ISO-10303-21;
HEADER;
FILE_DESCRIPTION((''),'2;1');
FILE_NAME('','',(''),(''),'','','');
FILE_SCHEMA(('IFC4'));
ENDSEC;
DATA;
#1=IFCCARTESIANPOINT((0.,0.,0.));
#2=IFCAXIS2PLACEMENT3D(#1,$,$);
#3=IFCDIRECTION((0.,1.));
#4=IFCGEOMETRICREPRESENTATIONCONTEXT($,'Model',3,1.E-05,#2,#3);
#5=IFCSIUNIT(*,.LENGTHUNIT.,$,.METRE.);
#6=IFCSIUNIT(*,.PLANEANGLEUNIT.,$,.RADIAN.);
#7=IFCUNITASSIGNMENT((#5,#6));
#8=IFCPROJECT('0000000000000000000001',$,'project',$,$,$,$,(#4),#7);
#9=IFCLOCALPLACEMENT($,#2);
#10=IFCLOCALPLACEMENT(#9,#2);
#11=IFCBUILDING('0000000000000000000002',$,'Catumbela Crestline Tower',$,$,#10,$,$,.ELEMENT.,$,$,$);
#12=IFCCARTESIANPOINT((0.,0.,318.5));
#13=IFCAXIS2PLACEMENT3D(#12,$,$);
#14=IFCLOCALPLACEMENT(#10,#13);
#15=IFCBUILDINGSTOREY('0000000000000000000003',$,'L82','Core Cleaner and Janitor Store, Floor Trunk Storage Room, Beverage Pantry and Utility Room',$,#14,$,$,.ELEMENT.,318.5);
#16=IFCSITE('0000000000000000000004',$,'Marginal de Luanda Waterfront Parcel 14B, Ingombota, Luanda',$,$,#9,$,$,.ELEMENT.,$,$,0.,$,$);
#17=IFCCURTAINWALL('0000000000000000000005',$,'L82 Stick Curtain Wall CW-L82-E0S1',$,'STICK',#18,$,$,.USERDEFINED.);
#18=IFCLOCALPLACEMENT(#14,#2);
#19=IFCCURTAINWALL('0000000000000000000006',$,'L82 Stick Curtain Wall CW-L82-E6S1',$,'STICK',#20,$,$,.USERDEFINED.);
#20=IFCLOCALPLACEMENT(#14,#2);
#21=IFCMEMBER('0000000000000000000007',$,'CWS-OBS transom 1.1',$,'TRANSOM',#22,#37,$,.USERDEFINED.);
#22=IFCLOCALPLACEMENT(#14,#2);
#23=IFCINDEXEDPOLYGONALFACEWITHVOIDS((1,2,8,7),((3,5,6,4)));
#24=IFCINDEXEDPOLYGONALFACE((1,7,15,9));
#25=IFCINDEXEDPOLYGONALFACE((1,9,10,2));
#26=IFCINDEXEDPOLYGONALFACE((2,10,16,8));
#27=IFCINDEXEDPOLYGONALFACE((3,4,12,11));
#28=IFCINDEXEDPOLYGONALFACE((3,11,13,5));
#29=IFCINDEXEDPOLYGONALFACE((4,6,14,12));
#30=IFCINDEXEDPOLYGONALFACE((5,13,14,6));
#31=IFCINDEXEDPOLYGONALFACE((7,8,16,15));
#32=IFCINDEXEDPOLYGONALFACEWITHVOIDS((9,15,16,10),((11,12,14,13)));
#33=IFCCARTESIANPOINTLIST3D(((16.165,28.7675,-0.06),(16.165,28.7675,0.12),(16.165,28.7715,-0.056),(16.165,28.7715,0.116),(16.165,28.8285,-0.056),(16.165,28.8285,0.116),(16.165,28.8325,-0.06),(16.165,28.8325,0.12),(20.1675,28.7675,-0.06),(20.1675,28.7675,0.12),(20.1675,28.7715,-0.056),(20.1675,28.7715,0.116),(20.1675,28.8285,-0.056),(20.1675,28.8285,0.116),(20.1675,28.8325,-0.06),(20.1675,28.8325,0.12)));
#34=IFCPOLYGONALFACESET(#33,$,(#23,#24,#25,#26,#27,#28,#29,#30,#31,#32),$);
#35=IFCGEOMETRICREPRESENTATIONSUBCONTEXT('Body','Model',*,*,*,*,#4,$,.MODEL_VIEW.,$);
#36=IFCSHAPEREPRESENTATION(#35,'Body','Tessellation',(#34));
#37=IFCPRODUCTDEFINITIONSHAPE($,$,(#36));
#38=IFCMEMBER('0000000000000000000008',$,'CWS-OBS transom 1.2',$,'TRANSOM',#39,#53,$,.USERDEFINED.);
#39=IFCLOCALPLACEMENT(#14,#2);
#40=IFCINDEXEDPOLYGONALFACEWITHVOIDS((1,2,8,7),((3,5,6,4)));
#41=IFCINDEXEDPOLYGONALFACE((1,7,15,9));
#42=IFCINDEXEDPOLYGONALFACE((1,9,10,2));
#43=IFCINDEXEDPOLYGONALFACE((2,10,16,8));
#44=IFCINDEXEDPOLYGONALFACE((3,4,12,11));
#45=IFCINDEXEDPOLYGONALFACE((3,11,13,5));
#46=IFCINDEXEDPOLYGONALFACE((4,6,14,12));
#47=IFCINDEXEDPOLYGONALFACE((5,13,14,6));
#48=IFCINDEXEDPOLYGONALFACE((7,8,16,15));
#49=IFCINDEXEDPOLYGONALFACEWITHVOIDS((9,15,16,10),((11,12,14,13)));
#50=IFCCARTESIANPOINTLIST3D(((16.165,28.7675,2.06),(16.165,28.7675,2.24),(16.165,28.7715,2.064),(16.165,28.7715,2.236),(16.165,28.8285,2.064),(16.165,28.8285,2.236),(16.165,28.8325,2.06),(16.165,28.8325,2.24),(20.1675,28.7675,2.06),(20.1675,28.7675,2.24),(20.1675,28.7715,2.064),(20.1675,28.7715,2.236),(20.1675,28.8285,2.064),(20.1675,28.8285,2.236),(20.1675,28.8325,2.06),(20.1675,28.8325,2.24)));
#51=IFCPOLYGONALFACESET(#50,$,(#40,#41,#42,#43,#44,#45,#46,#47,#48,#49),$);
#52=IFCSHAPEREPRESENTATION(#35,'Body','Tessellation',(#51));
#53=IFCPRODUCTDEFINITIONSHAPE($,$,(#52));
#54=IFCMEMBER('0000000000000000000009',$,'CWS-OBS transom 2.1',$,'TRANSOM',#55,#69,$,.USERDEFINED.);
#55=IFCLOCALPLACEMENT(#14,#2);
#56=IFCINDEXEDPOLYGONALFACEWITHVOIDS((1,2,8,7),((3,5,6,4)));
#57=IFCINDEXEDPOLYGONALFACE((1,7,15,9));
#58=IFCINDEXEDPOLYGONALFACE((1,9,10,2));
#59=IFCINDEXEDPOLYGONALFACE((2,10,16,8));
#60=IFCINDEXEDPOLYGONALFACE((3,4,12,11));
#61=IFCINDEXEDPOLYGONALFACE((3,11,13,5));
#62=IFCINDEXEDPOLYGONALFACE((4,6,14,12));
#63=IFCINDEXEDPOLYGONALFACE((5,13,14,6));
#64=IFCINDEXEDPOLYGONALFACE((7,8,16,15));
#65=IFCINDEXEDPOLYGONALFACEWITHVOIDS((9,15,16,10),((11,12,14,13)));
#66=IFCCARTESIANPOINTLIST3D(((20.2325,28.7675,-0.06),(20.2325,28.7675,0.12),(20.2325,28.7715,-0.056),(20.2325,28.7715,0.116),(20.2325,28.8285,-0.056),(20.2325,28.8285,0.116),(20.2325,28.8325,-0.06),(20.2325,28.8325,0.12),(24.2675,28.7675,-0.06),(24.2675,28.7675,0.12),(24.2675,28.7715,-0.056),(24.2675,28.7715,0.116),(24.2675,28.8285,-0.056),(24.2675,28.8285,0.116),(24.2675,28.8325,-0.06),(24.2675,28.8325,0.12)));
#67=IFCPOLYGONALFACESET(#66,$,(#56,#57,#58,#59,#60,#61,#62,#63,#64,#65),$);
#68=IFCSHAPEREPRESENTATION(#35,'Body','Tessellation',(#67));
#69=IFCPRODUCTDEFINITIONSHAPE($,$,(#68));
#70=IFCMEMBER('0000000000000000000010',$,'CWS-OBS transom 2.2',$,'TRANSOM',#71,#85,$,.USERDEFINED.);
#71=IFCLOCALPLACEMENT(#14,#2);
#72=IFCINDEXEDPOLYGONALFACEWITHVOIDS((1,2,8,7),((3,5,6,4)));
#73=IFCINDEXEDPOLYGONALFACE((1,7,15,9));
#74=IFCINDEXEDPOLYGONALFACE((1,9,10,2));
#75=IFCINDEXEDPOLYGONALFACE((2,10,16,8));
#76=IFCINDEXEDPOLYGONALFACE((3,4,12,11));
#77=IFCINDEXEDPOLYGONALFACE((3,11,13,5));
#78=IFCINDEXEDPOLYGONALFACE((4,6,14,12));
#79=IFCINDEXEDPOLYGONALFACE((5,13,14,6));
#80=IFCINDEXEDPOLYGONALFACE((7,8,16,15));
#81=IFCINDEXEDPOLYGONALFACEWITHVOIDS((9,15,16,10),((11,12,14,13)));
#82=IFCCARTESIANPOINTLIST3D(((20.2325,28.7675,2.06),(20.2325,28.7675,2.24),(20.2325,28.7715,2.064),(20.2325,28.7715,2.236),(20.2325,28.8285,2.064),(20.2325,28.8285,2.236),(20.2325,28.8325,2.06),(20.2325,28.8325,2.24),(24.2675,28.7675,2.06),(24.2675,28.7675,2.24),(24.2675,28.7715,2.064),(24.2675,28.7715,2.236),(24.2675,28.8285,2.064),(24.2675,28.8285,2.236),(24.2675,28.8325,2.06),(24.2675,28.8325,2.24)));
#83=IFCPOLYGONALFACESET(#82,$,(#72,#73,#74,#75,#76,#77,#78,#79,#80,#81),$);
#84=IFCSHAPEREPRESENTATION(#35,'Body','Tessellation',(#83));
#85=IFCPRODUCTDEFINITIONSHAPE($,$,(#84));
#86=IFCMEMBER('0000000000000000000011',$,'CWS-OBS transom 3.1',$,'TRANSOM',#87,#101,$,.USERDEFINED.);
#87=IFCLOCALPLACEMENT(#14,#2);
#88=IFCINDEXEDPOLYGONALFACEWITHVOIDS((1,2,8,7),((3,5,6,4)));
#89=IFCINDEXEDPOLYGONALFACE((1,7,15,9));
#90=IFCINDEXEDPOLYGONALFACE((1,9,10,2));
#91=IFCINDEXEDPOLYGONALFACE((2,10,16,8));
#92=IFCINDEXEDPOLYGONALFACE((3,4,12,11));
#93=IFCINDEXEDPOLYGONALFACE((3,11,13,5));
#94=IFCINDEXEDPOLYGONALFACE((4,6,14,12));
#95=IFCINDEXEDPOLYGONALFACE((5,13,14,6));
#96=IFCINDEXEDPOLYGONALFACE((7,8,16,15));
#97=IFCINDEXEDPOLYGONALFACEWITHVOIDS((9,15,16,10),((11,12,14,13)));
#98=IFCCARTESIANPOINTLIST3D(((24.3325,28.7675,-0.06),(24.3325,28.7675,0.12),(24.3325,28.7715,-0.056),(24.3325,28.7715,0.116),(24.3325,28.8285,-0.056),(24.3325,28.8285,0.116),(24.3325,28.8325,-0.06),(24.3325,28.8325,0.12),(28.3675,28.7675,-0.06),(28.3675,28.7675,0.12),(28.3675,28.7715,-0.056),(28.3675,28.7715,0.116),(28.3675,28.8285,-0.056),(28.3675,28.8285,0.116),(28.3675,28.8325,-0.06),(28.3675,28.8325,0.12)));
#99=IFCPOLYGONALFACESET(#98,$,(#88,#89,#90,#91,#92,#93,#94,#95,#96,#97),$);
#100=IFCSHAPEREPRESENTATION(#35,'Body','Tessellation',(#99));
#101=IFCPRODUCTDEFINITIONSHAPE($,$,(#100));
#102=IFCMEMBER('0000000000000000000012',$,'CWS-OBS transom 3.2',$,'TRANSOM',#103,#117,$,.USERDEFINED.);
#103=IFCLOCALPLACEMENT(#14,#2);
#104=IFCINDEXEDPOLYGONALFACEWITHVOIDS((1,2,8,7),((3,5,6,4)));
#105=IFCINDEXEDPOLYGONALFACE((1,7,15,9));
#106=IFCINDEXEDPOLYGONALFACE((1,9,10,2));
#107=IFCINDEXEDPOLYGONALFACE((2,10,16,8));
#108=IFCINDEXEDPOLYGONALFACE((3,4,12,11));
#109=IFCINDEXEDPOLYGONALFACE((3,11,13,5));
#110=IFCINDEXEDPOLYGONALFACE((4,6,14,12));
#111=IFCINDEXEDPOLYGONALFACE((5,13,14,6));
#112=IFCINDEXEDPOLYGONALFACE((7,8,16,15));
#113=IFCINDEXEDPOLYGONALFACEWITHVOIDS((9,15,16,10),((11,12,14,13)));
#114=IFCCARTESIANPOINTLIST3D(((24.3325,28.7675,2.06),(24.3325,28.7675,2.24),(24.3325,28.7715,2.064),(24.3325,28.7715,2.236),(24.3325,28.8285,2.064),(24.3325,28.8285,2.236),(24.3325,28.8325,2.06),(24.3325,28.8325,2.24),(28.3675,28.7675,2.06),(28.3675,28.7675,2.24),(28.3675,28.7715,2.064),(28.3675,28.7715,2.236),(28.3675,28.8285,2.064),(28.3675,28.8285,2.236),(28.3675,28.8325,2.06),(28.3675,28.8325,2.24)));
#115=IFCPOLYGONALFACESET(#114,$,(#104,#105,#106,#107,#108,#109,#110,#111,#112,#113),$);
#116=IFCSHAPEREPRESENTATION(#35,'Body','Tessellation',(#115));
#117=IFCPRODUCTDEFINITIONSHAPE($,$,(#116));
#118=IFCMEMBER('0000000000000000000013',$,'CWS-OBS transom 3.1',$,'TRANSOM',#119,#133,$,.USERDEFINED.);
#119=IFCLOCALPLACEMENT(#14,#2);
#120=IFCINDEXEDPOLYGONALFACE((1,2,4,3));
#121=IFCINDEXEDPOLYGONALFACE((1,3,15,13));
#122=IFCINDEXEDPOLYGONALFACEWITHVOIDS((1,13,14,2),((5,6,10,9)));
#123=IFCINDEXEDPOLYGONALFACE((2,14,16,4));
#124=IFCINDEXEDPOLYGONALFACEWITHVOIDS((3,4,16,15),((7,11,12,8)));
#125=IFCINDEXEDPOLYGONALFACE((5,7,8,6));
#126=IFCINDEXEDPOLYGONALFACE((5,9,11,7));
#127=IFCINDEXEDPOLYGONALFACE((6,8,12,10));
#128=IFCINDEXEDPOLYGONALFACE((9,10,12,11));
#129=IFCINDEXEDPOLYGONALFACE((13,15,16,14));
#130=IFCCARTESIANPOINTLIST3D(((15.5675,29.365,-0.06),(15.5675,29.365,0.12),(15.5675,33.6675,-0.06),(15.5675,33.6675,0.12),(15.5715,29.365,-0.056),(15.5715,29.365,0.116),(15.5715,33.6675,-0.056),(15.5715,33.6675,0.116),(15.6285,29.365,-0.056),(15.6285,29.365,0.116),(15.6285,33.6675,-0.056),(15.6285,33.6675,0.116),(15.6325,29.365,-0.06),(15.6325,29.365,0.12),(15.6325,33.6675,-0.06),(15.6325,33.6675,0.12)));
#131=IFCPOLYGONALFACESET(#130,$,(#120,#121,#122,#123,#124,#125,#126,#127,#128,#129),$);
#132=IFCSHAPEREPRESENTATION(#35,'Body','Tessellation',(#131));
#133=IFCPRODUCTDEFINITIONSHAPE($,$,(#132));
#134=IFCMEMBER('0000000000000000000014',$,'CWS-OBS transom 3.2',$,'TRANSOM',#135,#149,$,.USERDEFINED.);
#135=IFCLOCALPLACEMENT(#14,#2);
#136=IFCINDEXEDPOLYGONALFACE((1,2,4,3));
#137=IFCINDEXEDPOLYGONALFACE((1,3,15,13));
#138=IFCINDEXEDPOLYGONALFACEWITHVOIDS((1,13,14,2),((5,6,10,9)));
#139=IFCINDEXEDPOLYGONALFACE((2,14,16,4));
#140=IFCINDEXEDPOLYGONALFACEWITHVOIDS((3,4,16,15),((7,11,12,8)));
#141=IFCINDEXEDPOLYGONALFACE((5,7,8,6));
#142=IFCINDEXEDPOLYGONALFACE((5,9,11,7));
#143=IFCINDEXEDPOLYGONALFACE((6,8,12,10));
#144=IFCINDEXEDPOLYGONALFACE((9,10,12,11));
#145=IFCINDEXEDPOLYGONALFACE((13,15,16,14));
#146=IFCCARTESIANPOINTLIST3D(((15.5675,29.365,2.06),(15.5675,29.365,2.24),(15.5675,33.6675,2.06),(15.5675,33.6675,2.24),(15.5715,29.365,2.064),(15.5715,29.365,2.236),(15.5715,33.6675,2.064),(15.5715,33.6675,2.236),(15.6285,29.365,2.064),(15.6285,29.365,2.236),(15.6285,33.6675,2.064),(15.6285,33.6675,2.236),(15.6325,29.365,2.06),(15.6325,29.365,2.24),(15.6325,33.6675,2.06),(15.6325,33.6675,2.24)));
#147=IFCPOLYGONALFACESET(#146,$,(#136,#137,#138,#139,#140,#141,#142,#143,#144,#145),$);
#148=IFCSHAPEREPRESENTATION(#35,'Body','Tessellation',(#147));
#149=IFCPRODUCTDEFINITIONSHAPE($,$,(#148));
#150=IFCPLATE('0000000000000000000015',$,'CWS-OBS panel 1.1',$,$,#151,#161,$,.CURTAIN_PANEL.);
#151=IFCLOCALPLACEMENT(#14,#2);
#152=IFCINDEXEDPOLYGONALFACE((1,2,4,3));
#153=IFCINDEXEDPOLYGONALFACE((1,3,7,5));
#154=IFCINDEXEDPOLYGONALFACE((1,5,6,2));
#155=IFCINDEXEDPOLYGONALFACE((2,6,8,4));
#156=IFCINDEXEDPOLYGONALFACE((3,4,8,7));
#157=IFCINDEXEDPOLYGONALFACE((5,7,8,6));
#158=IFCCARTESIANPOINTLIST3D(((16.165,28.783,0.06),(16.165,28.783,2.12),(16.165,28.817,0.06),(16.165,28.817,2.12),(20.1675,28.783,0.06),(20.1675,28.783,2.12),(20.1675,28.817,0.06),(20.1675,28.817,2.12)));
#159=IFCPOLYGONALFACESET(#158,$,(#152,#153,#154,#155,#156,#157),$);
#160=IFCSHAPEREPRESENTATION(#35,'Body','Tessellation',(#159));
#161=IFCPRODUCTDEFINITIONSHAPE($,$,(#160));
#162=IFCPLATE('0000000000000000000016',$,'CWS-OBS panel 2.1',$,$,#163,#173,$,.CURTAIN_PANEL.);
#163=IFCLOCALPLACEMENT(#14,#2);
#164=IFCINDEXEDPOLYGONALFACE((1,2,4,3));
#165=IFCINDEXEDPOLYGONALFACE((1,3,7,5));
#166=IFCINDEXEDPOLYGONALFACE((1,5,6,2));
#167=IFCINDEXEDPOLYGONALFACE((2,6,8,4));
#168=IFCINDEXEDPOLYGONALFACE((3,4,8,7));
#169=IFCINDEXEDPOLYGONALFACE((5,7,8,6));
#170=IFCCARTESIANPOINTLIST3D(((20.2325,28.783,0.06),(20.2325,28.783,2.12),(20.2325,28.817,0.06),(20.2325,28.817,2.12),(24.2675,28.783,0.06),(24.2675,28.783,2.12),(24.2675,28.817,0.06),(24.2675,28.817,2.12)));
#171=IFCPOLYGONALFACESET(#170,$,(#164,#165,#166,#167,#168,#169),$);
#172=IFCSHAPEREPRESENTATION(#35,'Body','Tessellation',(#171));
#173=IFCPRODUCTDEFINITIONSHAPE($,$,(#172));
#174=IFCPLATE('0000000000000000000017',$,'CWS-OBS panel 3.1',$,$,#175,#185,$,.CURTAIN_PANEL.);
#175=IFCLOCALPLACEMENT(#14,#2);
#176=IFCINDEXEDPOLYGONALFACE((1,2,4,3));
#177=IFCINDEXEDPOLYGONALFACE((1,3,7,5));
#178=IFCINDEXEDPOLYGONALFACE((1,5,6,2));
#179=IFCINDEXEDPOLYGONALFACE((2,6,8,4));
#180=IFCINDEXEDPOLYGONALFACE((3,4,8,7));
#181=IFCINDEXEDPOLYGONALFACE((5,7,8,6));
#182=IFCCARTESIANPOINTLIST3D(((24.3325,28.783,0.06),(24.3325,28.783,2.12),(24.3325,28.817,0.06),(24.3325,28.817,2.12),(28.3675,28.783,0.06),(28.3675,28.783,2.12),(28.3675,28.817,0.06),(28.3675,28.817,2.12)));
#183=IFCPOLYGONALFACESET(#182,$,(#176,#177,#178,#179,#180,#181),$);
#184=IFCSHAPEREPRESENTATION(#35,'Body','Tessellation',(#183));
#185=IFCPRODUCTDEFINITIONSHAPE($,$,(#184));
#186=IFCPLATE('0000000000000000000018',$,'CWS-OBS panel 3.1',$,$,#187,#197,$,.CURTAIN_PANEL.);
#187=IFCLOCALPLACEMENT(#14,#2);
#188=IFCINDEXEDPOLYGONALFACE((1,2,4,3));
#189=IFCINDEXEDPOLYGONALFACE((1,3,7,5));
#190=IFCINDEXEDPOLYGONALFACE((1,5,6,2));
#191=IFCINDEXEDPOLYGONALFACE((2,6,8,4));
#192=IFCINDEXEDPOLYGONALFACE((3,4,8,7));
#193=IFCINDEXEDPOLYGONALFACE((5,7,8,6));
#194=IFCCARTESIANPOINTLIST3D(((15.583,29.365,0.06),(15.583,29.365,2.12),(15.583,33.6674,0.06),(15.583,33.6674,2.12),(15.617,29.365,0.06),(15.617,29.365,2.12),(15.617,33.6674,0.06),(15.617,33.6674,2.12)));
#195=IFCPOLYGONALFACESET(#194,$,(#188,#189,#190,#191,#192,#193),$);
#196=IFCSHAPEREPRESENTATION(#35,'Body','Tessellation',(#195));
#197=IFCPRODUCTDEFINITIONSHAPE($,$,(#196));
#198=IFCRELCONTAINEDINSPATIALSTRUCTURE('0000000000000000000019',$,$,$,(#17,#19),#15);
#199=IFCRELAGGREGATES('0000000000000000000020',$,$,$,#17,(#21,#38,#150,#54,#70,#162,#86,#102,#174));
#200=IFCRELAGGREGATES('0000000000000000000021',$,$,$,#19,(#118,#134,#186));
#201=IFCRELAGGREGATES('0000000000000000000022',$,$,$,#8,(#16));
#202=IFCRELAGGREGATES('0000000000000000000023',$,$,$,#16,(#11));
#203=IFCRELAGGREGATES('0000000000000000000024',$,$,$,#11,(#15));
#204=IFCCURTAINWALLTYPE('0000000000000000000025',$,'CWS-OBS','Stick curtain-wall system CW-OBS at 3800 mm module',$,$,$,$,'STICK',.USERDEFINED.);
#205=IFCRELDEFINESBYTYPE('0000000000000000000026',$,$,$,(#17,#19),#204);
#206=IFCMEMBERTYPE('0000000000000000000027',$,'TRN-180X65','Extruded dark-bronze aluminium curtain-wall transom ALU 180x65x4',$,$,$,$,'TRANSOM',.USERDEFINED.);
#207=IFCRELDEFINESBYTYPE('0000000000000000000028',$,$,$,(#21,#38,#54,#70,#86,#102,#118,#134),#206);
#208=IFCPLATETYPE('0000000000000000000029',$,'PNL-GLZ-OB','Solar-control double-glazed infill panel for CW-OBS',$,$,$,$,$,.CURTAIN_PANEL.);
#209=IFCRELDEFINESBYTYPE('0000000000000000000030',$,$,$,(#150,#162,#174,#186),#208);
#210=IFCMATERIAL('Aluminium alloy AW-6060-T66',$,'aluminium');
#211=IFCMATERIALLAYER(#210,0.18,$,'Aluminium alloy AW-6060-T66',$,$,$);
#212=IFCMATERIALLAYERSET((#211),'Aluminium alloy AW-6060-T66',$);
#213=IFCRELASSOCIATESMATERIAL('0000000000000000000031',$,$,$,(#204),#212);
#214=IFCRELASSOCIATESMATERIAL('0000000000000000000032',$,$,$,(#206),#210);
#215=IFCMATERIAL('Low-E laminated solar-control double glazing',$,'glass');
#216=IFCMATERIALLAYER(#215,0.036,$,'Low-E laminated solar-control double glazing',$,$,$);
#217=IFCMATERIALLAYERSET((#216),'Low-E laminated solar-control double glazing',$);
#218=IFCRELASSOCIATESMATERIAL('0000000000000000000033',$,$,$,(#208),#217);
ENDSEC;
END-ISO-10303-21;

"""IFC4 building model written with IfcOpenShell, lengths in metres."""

from ifc_helpers import new_model, si_unit, direction, frame, origin, origin_2d, place, context, subcontext, project, spatial, rectangle, hollow_rectangle, extrude, material, layer, layer_set, material_profile, profile_set, type_object, element, aggregate, save


model = new_model("IFC4")

# Units and contexts
model_context = context("Model", 3, precision=1e-05, world=origin(), true_north=direction((0.0, 1.0)))
body_context = subcontext(model_context, "Body", "Model", "MODEL_VIEW")
ifc_project = project(units=[si_unit("LENGTHUNIT", "METRE"), si_unit("PLANEANGLEUNIT", "RADIAN")], contexts=[model_context])

# Site, building, storey
site_placement = place(None, origin())
site = spatial("IfcSite", under=ifc_project, at=site_placement, Name="Marginal de Luanda Waterfront Parcel 14B, Ingombota, Luanda", CompositionType="ELEMENT", RefElevation=0.0)
building_placement = place(site_placement, origin())
building = spatial("IfcBuilding", under=site, at=building_placement, Name="Catumbela Crestline Tower", CompositionType="ELEMENT")
storey_placement = place(building_placement, frame((0.0, 0.0, 318.5)))
storey = spatial("IfcBuildingStorey", under=building, at=storey_placement, Name="L82", Description="Core Cleaner and Janitor Store, Floor Trunk Storage Room, Beverage Pantry and Utility Room", CompositionType="ELEMENT", Elevation=318.5)

# Curtain walls
ifc_material_1 = material(Name="Aluminium alloy AW-6060-T66", Category="aluminium")
ifc_layer_1 = layer(ifc_material_1, 0.18, Name="Aluminium alloy AW-6060-T66")
ifc_layer_set_1 = layer_set([ifc_layer_1], Name="Aluminium alloy AW-6060-T66")
curtain_wall_type = type_object("IfcCurtainWallType", Name="CWS-OBS", Description="Stick curtain-wall system CW-OBS at 3800 mm module", ElementType="STICK", PredefinedType="USERDEFINED", material=ifc_layer_set_1)
curtain_wall_1_placement = place(storey_placement, origin())
curtain_wall_1 = element("IfcCurtainWall", 1, at=curtain_wall_1_placement, inside=storey, type_object=curtain_wall_type, Name="L82 Stick Curtain Wall CW-L82-E0S1", ObjectType="STICK", PredefinedType="USERDEFINED")
curtain_wall_2_placement = place(storey_placement, origin())
curtain_wall_2 = element("IfcCurtainWall", 2, at=curtain_wall_2_placement, inside=storey, type_object=curtain_wall_type, Name="L82 Stick Curtain Wall CW-L82-E6S1", ObjectType="STICK", PredefinedType="USERDEFINED")

# Members
ifc_material_profile_1 = material_profile(ifc_material_1, hollow_rectangle(XDim=0.065, YDim=0.18, WallThickness=0.004, at=origin_2d()), Name="ALU 180x65x4")
ifc_profile_set_1 = profile_set([ifc_material_profile_1], Name="Aluminium alloy AW-6060-T66")
member_type_1 = type_object("IfcMemberType", Name="TRN-180X65", Description="Extruded dark-bronze aluminium curtain-wall transom ALU 180x65x4", ElementType="TRANSOM", PredefinedType="USERDEFINED", material=ifc_profile_set_1)
member_1_placement = place(storey_placement, frame((16.165, 28.8, 0.03), z_axis=(1.0, 0.0, 0.0), x_axis=(0.0, 1.0, 0.0)))
member_1 = element("IfcMember", 3, at=member_1_placement, type_object=member_type_1, Name="CWS-OBS transom 1.1", ObjectType="TRANSOM", PredefinedType="USERDEFINED", context=body_context, shape_type="SweptSolid", body=[
    extrude(hollow_rectangle(XDim=0.065, YDim=0.18, WallThickness=0.004, at=origin_2d()), origin(), (0.0, 0.0, 1.0), 4.0025),
])
member_2_placement = place(storey_placement, frame((16.165, 28.8, 2.15), z_axis=(1.0, 0.0, 0.0), x_axis=(0.0, 1.0, 0.0)))
member_2 = element("IfcMember", 4, at=member_2_placement, type_object=member_type_1, Name="CWS-OBS transom 1.2", ObjectType="TRANSOM", PredefinedType="USERDEFINED", context=body_context, shape_type="SweptSolid", body=[
    extrude(hollow_rectangle(XDim=0.065, YDim=0.18, WallThickness=0.004, at=origin_2d()), origin(), (0.0, 0.0, 1.0), 4.0025),
])
member_3_placement = place(storey_placement, frame((20.2325, 28.8, 0.03), z_axis=(1.0, 0.0, 0.0), x_axis=(0.0, 1.0, 0.0)))
member_3 = element("IfcMember", 5, at=member_3_placement, type_object=member_type_1, Name="CWS-OBS transom 2.1", ObjectType="TRANSOM", PredefinedType="USERDEFINED", context=body_context, shape_type="SweptSolid", body=[
    extrude(hollow_rectangle(XDim=0.065, YDim=0.18, WallThickness=0.004, at=origin_2d()), origin(), (0.0, 0.0, 1.0), 4.035),
])
member_4_placement = place(storey_placement, frame((20.2325, 28.8, 2.15), z_axis=(1.0, 0.0, 0.0), x_axis=(0.0, 1.0, 0.0)))
member_4 = element("IfcMember", 6, at=member_4_placement, type_object=member_type_1, Name="CWS-OBS transom 2.2", ObjectType="TRANSOM", PredefinedType="USERDEFINED", context=body_context, shape_type="SweptSolid", body=[
    extrude(hollow_rectangle(XDim=0.065, YDim=0.18, WallThickness=0.004, at=origin_2d()), origin(), (0.0, 0.0, 1.0), 4.035),
])
member_5_placement = place(storey_placement, frame((24.3325, 28.8, 0.03), z_axis=(1.0, 0.0, 0.0), x_axis=(0.0, 1.0, 0.0)))
member_5 = element("IfcMember", 7, at=member_5_placement, type_object=member_type_1, Name="CWS-OBS transom 3.1", ObjectType="TRANSOM", PredefinedType="USERDEFINED", context=body_context, shape_type="SweptSolid", body=[
    extrude(hollow_rectangle(XDim=0.065, YDim=0.18, WallThickness=0.004, at=origin_2d()), origin(), (0.0, 0.0, 1.0), 4.035),
])
member_6_placement = place(storey_placement, frame((24.3325, 28.8, 2.15), z_axis=(1.0, 0.0, 0.0), x_axis=(0.0, 1.0, 0.0)))
member_6 = element("IfcMember", 8, at=member_6_placement, type_object=member_type_1, Name="CWS-OBS transom 3.2", ObjectType="TRANSOM", PredefinedType="USERDEFINED", context=body_context, shape_type="SweptSolid", body=[
    extrude(hollow_rectangle(XDim=0.065, YDim=0.18, WallThickness=0.004, at=origin_2d()), origin(), (0.0, 0.0, 1.0), 4.035),
])
member_7_placement = place(storey_placement, frame((15.6, 33.6675, 0.03), z_axis=(0.0, -1.0, 0.0), x_axis=(1.0, 0.0, 0.0)))
member_7 = element("IfcMember", 9, at=member_7_placement, type_object=member_type_1, Name="CWS-OBS transom 3.1", ObjectType="TRANSOM", PredefinedType="USERDEFINED", context=body_context, shape_type="SweptSolid", body=[
    extrude(hollow_rectangle(XDim=0.065, YDim=0.18, WallThickness=0.004, at=origin_2d()), origin(), (0.0, 0.0, 1.0), 4.3025),
])
member_8_placement = place(storey_placement, frame((15.6, 33.6675, 2.15), z_axis=(0.0, -1.0, 0.0), x_axis=(1.0, 0.0, 0.0)))
member_8 = element("IfcMember", 10, at=member_8_placement, type_object=member_type_1, Name="CWS-OBS transom 3.2", ObjectType="TRANSOM", PredefinedType="USERDEFINED", context=body_context, shape_type="SweptSolid", body=[
    extrude(hollow_rectangle(XDim=0.065, YDim=0.18, WallThickness=0.004, at=origin_2d()), origin(), (0.0, 0.0, 1.0), 4.3025),
])

# Plates
ifc_material_2 = material(Name="Low-E laminated solar-control double glazing", Category="glass")
ifc_layer_2 = layer(ifc_material_2, 0.036, Name="Low-E laminated solar-control double glazing")
ifc_layer_set_2 = layer_set([ifc_layer_2], Name="Low-E laminated solar-control double glazing")
plate_type = type_object("IfcPlateType", Name="PNL-GLZ-OB", Description="Solar-control double-glazed infill panel for CW-OBS", PredefinedType="CURTAIN_PANEL", material=ifc_layer_set_2)
plate_1_placement = place(storey_placement, frame((18.1663, 28.8, 0.06), z_axis=(0.0, 0.0, 1.0), x_axis=(1.0, 0.0, 0.0)))
plate_1 = element("IfcPlate", 11, at=plate_1_placement, type_object=plate_type, Name="CWS-OBS panel 1.1", PredefinedType="CURTAIN_PANEL", context=body_context, shape_type="SweptSolid", body=[
    extrude(rectangle(XDim=4.0025, YDim=0.034, at=origin_2d()), origin(), (0.0, 0.0, 1.0), 2.06),
])
plate_2_placement = place(storey_placement, frame((22.25, 28.8, 0.06), z_axis=(0.0, 0.0, 1.0), x_axis=(1.0, 0.0, 0.0)))
plate_2 = element("IfcPlate", 12, at=plate_2_placement, type_object=plate_type, Name="CWS-OBS panel 2.1", PredefinedType="CURTAIN_PANEL", context=body_context, shape_type="SweptSolid", body=[
    extrude(rectangle(XDim=4.035, YDim=0.034, at=origin_2d()), origin(), (0.0, 0.0, 1.0), 2.06),
])
plate_3_placement = place(storey_placement, frame((26.35, 28.8, 0.06), z_axis=(0.0, 0.0, 1.0), x_axis=(1.0, 0.0, 0.0)))
plate_3 = element("IfcPlate", 13, at=plate_3_placement, type_object=plate_type, Name="CWS-OBS panel 3.1", PredefinedType="CURTAIN_PANEL", context=body_context, shape_type="SweptSolid", body=[
    extrude(rectangle(XDim=4.035, YDim=0.034, at=origin_2d()), origin(), (0.0, 0.0, 1.0), 2.06),
])
aggregate(curtain_wall_1, [member_1, member_2, plate_1, member_3, member_4, plate_2, member_5, member_6, plate_3])
plate_4_placement = place(storey_placement, frame((15.6, 31.5162, 0.06), z_axis=(0.0, 0.0, 1.0), x_axis=(0.0, -1.0, 0.0)))
plate_4 = element("IfcPlate", 14, at=plate_4_placement, type_object=plate_type, Name="CWS-OBS panel 3.1", PredefinedType="CURTAIN_PANEL", context=body_context, shape_type="SweptSolid", body=[
    extrude(rectangle(XDim=4.3025, YDim=0.034, at=origin_2d()), origin(), (0.0, 0.0, 1.0), 2.06),
])
aggregate(curtain_wall_2, [member_7, member_8, plate_4])

save(model, "model.ifc")
